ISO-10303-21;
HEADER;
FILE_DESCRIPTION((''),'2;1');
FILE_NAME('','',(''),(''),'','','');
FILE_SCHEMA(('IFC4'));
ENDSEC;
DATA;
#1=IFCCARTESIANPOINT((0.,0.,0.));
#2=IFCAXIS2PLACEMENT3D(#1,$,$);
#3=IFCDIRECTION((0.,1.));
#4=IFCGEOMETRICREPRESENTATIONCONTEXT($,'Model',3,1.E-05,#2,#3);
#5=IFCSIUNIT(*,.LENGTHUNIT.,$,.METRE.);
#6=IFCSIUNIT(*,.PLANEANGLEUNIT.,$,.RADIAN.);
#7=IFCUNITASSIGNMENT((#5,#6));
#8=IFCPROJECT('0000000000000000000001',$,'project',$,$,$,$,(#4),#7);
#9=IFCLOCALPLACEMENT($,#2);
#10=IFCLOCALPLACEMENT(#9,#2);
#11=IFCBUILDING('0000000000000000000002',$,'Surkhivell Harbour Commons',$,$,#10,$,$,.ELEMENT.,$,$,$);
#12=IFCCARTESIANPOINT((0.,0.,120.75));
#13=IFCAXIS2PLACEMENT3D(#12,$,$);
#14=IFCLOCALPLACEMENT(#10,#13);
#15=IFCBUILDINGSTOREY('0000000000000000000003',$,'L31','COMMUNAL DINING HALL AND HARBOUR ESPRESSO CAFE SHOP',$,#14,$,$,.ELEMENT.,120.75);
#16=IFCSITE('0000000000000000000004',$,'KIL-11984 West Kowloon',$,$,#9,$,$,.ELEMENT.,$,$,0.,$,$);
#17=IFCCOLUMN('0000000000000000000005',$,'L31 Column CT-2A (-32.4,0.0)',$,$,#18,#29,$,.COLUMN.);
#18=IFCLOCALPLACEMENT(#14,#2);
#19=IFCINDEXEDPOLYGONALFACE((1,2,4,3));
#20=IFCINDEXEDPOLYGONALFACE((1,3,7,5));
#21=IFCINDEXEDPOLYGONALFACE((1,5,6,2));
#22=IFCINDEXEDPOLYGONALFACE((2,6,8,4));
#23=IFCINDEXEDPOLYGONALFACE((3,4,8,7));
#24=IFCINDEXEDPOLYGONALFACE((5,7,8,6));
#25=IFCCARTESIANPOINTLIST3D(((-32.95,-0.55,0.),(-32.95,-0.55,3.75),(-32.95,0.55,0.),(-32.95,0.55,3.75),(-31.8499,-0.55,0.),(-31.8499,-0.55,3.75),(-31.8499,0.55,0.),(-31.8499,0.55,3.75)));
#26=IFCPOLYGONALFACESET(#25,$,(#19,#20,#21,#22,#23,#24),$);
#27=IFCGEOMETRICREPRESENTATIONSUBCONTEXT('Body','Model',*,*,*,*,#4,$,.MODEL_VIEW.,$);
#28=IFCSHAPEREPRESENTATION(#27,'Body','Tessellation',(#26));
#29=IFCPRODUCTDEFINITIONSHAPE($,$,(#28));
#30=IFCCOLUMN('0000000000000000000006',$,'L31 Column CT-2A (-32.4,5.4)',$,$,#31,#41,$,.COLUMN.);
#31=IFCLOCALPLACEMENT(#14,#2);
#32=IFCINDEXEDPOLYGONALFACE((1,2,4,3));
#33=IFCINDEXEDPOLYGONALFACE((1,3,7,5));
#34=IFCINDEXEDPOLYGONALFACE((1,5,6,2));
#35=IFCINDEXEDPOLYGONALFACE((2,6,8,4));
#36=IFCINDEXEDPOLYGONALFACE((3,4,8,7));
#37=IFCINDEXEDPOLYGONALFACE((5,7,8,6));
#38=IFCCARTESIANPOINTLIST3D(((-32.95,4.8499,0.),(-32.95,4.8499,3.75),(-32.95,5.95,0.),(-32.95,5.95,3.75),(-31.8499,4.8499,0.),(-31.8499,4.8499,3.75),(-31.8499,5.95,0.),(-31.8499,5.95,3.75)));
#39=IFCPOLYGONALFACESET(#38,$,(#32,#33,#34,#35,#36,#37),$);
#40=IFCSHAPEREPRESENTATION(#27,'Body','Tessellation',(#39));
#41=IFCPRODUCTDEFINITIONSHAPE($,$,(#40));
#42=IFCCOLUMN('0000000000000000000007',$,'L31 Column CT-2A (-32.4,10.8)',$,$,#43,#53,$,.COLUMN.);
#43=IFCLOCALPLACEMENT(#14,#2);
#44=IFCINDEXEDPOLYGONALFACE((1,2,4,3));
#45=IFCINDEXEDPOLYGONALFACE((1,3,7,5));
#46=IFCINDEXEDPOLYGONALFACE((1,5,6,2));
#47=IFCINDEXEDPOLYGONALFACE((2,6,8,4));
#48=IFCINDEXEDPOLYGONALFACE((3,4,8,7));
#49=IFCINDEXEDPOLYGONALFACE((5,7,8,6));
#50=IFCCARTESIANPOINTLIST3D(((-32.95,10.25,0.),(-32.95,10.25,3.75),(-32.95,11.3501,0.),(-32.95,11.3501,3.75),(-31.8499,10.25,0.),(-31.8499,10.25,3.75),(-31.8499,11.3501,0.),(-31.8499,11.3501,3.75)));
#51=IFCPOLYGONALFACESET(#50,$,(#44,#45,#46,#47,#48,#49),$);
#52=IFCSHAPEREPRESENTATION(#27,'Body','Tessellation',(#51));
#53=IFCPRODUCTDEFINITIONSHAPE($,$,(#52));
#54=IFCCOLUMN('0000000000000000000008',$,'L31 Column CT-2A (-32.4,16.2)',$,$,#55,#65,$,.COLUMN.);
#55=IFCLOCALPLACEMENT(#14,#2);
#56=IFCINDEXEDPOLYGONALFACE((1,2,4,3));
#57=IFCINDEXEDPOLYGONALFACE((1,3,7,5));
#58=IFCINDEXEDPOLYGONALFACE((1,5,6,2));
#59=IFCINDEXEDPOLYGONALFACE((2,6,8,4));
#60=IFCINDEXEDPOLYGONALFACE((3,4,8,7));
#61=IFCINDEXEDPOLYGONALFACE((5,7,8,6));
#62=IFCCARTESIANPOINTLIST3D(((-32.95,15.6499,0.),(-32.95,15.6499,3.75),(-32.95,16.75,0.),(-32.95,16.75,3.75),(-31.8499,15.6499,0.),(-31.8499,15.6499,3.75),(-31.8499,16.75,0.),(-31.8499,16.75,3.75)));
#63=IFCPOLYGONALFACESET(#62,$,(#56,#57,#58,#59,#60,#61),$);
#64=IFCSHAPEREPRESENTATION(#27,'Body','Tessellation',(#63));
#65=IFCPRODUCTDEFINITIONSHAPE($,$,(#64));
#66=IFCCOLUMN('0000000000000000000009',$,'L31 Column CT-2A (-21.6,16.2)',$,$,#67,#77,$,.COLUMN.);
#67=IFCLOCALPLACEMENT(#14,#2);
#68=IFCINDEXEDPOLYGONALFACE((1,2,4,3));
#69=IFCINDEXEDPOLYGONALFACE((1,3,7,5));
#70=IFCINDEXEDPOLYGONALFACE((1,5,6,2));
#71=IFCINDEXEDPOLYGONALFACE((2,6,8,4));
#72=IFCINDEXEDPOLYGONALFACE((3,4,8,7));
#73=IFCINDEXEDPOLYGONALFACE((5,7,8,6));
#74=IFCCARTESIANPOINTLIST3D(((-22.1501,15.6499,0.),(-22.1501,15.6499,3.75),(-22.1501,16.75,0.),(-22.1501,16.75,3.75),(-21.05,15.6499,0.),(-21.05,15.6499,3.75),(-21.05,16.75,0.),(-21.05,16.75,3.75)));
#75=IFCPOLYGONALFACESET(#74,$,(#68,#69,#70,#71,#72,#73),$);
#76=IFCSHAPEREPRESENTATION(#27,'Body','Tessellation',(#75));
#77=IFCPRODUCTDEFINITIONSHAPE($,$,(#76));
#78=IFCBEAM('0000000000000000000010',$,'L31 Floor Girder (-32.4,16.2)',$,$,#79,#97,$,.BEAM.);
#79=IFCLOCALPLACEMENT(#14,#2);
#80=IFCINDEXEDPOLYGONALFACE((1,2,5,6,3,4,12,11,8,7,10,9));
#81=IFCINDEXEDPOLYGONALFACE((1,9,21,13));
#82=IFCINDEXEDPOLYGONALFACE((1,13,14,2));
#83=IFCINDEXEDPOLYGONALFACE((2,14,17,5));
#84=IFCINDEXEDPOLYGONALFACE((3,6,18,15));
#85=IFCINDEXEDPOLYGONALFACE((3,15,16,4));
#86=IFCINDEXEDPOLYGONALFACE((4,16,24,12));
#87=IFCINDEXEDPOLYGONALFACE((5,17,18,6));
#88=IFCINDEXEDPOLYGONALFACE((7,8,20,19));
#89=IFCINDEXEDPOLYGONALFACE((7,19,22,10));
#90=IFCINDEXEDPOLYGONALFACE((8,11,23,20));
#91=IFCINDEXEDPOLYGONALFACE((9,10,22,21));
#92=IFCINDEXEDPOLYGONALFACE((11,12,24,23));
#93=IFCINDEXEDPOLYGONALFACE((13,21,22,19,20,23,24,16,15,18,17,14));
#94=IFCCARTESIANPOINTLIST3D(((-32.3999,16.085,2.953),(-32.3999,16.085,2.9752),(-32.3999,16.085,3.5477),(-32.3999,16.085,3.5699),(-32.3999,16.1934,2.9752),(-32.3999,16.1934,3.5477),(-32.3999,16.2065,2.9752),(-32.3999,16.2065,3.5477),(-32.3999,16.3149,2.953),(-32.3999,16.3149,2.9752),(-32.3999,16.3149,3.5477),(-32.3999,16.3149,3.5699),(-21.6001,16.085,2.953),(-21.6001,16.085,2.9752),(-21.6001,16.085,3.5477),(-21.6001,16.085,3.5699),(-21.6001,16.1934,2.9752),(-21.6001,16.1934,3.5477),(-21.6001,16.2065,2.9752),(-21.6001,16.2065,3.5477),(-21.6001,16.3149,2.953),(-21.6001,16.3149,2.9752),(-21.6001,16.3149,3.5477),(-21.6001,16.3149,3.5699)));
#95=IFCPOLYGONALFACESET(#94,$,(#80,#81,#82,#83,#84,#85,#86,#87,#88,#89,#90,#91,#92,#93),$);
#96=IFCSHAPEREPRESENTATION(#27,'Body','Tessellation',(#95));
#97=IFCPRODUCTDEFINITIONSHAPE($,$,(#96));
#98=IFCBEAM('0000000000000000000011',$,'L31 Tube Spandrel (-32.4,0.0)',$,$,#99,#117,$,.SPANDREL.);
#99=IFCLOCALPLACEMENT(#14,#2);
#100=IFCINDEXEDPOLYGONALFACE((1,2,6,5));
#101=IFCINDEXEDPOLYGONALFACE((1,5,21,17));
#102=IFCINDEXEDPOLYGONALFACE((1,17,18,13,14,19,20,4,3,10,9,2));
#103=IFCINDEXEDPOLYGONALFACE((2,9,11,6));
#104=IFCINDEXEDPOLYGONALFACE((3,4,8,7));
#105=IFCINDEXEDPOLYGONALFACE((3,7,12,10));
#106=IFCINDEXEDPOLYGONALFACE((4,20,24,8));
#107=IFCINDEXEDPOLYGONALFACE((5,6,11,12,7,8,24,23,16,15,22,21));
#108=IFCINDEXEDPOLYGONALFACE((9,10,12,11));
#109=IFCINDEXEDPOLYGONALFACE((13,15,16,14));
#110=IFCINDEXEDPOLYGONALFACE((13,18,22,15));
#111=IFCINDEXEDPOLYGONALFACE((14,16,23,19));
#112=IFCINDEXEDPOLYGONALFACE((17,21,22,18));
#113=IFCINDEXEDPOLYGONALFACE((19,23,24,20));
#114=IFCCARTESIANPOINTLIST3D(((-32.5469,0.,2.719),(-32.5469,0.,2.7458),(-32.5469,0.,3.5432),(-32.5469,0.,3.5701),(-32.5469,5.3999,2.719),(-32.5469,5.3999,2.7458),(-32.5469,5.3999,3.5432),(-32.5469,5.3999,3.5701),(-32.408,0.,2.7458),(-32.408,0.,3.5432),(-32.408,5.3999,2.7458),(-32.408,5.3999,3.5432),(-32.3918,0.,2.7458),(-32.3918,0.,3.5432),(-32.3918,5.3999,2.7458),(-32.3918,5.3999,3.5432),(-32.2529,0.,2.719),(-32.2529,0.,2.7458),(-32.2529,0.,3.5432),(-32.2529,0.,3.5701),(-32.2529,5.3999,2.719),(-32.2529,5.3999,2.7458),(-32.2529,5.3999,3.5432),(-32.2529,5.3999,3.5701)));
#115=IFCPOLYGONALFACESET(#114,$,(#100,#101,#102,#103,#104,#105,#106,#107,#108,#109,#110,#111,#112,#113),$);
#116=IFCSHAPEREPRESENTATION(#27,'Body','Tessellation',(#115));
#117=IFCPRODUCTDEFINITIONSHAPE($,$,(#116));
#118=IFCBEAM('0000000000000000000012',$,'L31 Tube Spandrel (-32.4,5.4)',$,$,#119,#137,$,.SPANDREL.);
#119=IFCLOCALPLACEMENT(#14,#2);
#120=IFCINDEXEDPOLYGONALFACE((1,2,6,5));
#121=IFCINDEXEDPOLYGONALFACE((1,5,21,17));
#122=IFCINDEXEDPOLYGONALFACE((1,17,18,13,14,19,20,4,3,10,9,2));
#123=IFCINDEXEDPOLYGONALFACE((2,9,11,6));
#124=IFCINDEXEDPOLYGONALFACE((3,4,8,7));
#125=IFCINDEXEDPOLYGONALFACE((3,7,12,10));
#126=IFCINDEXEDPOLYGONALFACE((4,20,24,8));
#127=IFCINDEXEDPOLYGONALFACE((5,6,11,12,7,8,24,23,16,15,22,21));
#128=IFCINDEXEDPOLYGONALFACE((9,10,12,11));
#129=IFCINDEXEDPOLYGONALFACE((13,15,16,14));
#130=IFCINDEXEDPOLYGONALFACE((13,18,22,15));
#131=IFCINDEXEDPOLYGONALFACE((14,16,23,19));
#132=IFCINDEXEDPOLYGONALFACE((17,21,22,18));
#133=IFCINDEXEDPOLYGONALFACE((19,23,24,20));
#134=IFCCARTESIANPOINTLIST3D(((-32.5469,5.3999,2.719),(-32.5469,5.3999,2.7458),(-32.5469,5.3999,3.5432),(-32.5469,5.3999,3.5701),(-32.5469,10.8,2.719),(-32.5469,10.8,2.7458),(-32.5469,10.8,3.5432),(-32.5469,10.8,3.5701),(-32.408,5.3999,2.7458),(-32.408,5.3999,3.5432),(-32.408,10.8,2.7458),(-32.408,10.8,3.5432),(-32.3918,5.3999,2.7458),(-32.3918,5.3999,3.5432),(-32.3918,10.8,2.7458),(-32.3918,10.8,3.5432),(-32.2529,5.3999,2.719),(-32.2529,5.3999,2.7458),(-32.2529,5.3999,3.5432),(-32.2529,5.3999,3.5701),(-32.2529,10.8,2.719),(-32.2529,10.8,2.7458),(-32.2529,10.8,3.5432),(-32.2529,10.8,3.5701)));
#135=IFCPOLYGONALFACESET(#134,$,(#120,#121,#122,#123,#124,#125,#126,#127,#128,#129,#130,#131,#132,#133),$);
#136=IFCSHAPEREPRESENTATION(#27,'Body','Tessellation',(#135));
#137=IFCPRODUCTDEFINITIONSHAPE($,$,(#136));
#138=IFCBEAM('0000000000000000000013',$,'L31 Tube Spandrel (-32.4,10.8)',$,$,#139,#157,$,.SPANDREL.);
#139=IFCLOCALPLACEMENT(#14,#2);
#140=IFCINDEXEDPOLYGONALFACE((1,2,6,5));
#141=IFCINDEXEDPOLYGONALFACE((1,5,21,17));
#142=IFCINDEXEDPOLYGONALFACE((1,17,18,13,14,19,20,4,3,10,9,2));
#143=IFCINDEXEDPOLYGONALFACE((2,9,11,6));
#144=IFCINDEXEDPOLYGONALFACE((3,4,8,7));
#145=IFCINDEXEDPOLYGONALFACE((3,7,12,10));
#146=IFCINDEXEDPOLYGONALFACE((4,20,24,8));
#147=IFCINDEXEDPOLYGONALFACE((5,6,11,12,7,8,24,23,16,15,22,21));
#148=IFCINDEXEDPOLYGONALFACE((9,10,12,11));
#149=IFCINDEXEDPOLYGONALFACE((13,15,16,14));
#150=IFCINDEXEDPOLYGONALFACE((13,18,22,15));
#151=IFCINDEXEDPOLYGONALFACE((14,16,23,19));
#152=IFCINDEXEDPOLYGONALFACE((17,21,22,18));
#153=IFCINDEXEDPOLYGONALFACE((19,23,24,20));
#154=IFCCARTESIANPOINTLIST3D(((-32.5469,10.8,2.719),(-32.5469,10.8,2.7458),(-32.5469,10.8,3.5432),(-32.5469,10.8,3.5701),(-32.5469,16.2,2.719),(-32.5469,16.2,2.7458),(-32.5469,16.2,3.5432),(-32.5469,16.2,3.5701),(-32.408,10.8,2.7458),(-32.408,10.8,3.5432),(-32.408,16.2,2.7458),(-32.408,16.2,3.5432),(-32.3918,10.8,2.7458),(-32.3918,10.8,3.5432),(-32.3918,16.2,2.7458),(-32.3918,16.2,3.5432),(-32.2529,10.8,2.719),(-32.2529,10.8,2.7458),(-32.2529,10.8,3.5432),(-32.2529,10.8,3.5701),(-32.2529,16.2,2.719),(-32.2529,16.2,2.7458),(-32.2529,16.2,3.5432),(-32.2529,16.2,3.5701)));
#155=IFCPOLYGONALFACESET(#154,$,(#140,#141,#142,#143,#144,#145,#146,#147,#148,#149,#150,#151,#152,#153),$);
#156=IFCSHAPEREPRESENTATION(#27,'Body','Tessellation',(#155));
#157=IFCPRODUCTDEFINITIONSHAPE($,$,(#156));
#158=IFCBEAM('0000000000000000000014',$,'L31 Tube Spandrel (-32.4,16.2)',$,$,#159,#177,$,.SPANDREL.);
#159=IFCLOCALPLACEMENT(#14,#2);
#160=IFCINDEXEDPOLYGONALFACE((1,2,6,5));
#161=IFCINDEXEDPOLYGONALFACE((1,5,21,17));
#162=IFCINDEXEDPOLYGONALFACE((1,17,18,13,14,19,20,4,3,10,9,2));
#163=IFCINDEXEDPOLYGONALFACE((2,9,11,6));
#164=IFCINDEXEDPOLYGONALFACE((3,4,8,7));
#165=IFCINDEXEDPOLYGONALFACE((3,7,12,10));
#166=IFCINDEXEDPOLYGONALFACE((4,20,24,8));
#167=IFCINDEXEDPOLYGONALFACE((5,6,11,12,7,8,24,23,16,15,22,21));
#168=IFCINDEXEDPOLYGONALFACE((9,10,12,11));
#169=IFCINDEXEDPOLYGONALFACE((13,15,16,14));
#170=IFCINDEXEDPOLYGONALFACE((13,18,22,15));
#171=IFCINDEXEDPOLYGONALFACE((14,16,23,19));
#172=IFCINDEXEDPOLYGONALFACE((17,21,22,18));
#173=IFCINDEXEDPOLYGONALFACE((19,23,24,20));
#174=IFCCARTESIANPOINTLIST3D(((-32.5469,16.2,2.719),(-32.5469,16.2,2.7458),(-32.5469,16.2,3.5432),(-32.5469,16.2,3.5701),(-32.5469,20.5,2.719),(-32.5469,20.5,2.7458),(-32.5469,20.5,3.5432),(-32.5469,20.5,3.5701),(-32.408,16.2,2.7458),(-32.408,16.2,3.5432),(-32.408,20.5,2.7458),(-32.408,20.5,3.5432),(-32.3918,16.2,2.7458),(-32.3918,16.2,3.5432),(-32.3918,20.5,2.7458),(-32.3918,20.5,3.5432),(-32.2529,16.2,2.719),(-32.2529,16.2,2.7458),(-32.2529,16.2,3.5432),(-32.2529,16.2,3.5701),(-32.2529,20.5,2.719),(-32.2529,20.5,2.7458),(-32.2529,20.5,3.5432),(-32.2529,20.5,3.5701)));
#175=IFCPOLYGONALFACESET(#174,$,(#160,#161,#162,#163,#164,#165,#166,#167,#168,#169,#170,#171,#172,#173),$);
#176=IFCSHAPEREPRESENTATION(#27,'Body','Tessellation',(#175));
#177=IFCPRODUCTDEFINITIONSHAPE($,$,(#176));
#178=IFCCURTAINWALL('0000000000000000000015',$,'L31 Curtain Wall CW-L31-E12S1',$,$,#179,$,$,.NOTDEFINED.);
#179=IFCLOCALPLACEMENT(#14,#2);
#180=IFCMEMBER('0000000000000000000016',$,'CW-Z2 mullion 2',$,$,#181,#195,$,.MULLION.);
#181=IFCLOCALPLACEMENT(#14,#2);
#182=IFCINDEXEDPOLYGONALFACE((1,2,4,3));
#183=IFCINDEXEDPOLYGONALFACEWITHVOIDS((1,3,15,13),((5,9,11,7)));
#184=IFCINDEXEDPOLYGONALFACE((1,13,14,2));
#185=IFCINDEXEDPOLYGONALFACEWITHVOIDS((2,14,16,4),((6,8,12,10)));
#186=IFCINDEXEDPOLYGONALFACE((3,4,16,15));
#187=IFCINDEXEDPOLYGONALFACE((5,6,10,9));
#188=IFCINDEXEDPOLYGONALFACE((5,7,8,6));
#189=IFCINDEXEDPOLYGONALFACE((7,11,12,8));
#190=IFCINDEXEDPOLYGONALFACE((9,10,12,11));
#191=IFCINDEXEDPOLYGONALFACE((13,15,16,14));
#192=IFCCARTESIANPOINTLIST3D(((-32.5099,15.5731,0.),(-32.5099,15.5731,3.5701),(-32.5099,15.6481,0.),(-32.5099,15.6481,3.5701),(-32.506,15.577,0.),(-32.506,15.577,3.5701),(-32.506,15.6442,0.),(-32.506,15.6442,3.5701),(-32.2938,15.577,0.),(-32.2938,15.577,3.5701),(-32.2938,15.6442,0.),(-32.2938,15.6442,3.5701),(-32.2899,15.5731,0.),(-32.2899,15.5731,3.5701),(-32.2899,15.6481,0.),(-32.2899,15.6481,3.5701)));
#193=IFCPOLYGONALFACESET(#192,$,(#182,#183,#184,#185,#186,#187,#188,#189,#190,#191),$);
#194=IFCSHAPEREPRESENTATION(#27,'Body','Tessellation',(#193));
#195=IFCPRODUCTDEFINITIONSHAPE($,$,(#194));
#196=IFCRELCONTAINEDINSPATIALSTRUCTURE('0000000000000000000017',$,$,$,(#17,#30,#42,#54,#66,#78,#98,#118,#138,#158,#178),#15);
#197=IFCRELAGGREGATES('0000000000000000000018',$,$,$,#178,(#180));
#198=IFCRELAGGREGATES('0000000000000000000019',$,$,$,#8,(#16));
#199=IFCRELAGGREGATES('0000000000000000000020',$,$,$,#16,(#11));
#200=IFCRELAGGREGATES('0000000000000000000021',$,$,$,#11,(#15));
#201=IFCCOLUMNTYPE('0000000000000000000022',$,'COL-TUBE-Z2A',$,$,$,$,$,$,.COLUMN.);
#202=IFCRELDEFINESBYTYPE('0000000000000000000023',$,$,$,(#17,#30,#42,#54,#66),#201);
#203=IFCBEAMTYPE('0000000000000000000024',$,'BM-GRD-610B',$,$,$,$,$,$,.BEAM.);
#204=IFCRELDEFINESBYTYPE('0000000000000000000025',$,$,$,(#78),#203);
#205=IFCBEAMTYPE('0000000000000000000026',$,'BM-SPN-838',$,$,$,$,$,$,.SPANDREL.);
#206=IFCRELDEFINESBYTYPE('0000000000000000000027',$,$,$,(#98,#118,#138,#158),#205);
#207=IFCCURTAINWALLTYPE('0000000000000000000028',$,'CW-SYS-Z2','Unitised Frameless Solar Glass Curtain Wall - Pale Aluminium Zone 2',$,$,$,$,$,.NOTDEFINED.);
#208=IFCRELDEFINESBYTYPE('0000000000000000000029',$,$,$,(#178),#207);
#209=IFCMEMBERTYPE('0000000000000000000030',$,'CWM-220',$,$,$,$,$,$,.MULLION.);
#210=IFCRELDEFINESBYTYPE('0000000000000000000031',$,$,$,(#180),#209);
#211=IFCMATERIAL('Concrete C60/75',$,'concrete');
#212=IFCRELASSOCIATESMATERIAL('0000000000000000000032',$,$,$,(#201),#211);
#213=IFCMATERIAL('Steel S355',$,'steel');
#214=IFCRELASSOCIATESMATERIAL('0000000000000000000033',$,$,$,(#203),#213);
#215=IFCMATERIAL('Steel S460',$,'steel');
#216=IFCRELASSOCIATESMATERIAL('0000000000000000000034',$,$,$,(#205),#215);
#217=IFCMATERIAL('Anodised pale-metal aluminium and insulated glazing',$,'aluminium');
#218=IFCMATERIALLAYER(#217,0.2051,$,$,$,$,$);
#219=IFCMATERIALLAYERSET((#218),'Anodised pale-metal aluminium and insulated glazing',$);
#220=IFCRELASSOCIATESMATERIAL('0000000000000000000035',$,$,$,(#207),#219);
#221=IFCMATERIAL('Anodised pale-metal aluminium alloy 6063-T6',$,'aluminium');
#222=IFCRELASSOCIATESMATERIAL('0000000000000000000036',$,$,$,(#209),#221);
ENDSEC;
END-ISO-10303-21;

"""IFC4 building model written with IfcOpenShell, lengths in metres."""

from ifc_helpers import new_model, si_unit, direction, frame, origin, origin_2d, place, context, subcontext, project, spatial, rectangle, hollow_rectangle, i_section, extrude, material, layer, layer_set, material_profile, profile_set, type_object, element, aggregate, save


model = new_model("IFC4")

# Units and contexts
model_context = context("Model", 3, precision=1e-05, world=origin(), true_north=direction((0.0, 1.0)))
body_context = subcontext(model_context, "Body", "Model", "MODEL_VIEW")
ifc_project = project(units=[si_unit("LENGTHUNIT", "METRE"), si_unit("PLANEANGLEUNIT", "RADIAN")], contexts=[model_context])

# Site, building, storey
site_placement = place(None, origin())
site = spatial("IfcSite", under=ifc_project, at=site_placement, Name="KIL-11984 West Kowloon", CompositionType="ELEMENT", RefElevation=0.0)
building_placement = place(site_placement, origin())
building = spatial("IfcBuilding", under=site, at=building_placement, Name="Surkhivell Harbour Commons", CompositionType="ELEMENT")
storey_placement = place(building_placement, frame((0.0, 0.0, 120.75)))
storey = spatial("IfcBuildingStorey", under=building, at=storey_placement, Name="L31", Description="COMMUNAL DINING HALL AND HARBOUR ESPRESSO CAFE SHOP", CompositionType="ELEMENT", Elevation=120.75)

# Columns
ifc_material_1 = material(Name="Concrete C60/75", Category="concrete")
ifc_material_profile_1 = material_profile(ifc_material_1, rectangle(XDim=1.1001, YDim=1.1001, at=origin_2d()), Name="RC-COL-1100x1100")
ifc_profile_set_1 = profile_set([ifc_material_profile_1], Name="Concrete C60/75")
column_type = type_object("IfcColumnType", Name="COL-TUBE-Z2A", PredefinedType="COLUMN", material=ifc_profile_set_1)
for number, where, z_axis, x_axis, name in (
    (1, (-32.3999, 0.0, 0.0), (0.0, 0.0, 1.0), (1.0, 0.0, 0.0), "L31 Column CT-2A (-32.4,0.0)"),
    (2, (-32.3999, 5.3999, 0.0), (0.0, 0.0, 1.0), (1.0, 0.0, 0.0), "L31 Column CT-2A (-32.4,5.4)"),
    (3, (-32.3999, 10.8, 0.0), (0.0, 0.0, 1.0), (1.0, 0.0, 0.0), "L31 Column CT-2A (-32.4,10.8)"),
    (4, (-32.3999, 16.2, 0.0), (0.0, 0.0, 1.0), (1.0, 0.0, 0.0), "L31 Column CT-2A (-32.4,16.2)"),
    (5, (-21.6001, 16.2, 0.0), (0.0, 0.0, 1.0), (1.0, 0.0, 0.0), "L31 Column CT-2A (-21.6,16.2)"),
):
    element("IfcColumn", number, at=place(storey_placement, frame(where, z_axis=z_axis, x_axis=x_axis)), inside=storey, type_object=column_type, Name=name, PredefinedType="COLUMN", context=body_context, shape_type="SweptSolid", body=[
        extrude(rectangle(XDim=1.1001, YDim=1.1001, at=origin_2d()), origin(), (0.0, 0.0, 1.0), 3.75),
    ])

# Beams
ifc_material_2 = material(Name="Steel S355", Category="steel")
ifc_material_profile_2 = material_profile(ifc_material_2, i_section(OverallWidth=0.23, OverallDepth=0.6169, WebThickness=0.0132, FlangeThickness=0.0222, at=origin_2d()), Name="UB610x229x140")
ifc_profile_set_2 = profile_set([ifc_material_profile_2], Name="Steel S355")
beam_type_1 = type_object("IfcBeamType", Name="BM-GRD-610B", PredefinedType="BEAM", material=ifc_profile_set_2)
beam_1_placement = place(storey_placement, frame((-32.3999, 16.2, 3.2615), z_axis=(1.0, 0.0, 0.0), x_axis=(0.0, 1.0, 0.0)))
element("IfcBeam", 6, at=beam_1_placement, inside=storey, type_object=beam_type_1, Name="L31 Floor Girder (-32.4,16.2)", PredefinedType="BEAM", context=body_context, shape_type="SweptSolid", body=[
    extrude(i_section(OverallWidth=0.23, OverallDepth=0.6169, WebThickness=0.0132, FlangeThickness=0.0222, at=origin_2d()), origin(), (0.0, 0.0, 1.0), 10.7998),
])
ifc_material_3 = material(Name="Steel S460", Category="steel")
ifc_material_profile_3 = material_profile(ifc_material_3, i_section(OverallWidth=0.2939, OverallDepth=0.8511, WebThickness=0.0161, FlangeThickness=0.0269, at=origin_2d()), Name="UB838x292x226")
ifc_profile_set_3 = profile_set([ifc_material_profile_3], Name="Steel S460")
beam_type_2 = type_object("IfcBeamType", Name="BM-SPN-838", PredefinedType="SPANDREL", material=ifc_profile_set_3)
beam_2_placement = place(storey_placement, frame((-32.3999, 0.0, 3.1445), z_axis=(0.0, 1.0, 0.0), x_axis=(-1.0, 0.0, 0.0)))
element("IfcBeam", 7, at=beam_2_placement, inside=storey, type_object=beam_type_2, Name="L31 Tube Spandrel (-32.4,0.0)", PredefinedType="SPANDREL", context=body_context, shape_type="SweptSolid", body=[
    extrude(i_section(OverallWidth=0.2939, OverallDepth=0.8511, WebThickness=0.0161, FlangeThickness=0.0269, at=origin_2d()), origin(), (0.0, 0.0, 1.0), 5.3999),
])
beam_3_placement = place(storey_placement, frame((-32.3999, 5.3999, 3.1445), z_axis=(0.0, 1.0, 0.0), x_axis=(-1.0, 0.0, 0.0)))
element("IfcBeam", 8, at=beam_3_placement, inside=storey, type_object=beam_type_2, Name="L31 Tube Spandrel (-32.4,5.4)", PredefinedType="SPANDREL", context=body_context, shape_type="SweptSolid", body=[
    extrude(i_section(OverallWidth=0.2939, OverallDepth=0.8511, WebThickness=0.0161, FlangeThickness=0.0269, at=origin_2d()), origin(), (0.0, 0.0, 1.0), 5.4001),
])
beam_4_placement = place(storey_placement, frame((-32.3999, 10.8, 3.1445), z_axis=(0.0, 1.0, 0.0), x_axis=(-1.0, 0.0, 0.0)))
element("IfcBeam", 9, at=beam_4_placement, inside=storey, type_object=beam_type_2, Name="L31 Tube Spandrel (-32.4,10.8)", PredefinedType="SPANDREL", context=body_context, shape_type="SweptSolid", body=[
    extrude(i_section(OverallWidth=0.2939, OverallDepth=0.8511, WebThickness=0.0161, FlangeThickness=0.0269, at=origin_2d()), origin(), (0.0, 0.0, 1.0), 5.3999),
])
beam_5_placement = place(storey_placement, frame((-32.3999, 16.2, 3.1445), z_axis=(0.0, 1.0, 0.0), x_axis=(-1.0, 0.0, 0.0)))
element("IfcBeam", 10, at=beam_5_placement, inside=storey, type_object=beam_type_2, Name="L31 Tube Spandrel (-32.4,16.2)", PredefinedType="SPANDREL", context=body_context, shape_type="SweptSolid", body=[
    extrude(i_section(OverallWidth=0.2939, OverallDepth=0.8511, WebThickness=0.0161, FlangeThickness=0.0269, at=origin_2d()), origin(), (0.0, 0.0, 1.0), 4.3),
])

# Curtain wall, member
ifc_material_4 = material(Name="Anodised pale-metal aluminium and insulated glazing", Category="aluminium")
ifc_layer_1 = layer(ifc_material_4, 0.2051)
ifc_layer_set_1 = layer_set([ifc_layer_1], Name="Anodised pale-metal aluminium and insulated glazing")
curtain_wall_type = type_object("IfcCurtainWallType", Name="CW-SYS-Z2", Description="Unitised Frameless Solar Glass Curtain Wall - Pale Aluminium Zone 2", PredefinedType="NOTDEFINED", material=ifc_layer_set_1)
curtain_wall_placement = place(storey_placement, origin())
curtain_wall = element("IfcCurtainWall", 11, at=curtain_wall_placement, inside=storey, type_object=curtain_wall_type, Name="L31 Curtain Wall CW-L31-E12S1", PredefinedType="NOTDEFINED")
ifc_material_5 = material(Name="Anodised pale-metal aluminium alloy 6063-T6", Category="aluminium")
ifc_material_profile_4 = material_profile(ifc_material_5, hollow_rectangle(XDim=0.075, YDim=0.22, WallThickness=0.0039, at=origin_2d()), Name="ALU-MULL-75x220")
ifc_profile_set_4 = profile_set([ifc_material_profile_4], Name="Anodised pale-metal aluminium alloy 6063-T6")
member_type_1 = type_object("IfcMemberType", Name="CWM-220", PredefinedType="MULLION", material=ifc_profile_set_4)
member_1_placement = place(storey_placement, frame((-32.3999, 15.6106, 0.0), z_axis=(0.0, 0.0, 1.0), x_axis=(0.0, -1.0, 0.0)))
member_1 = element("IfcMember", 12, at=member_1_placement, type_object=member_type_1, Name="CW-Z2 mullion 2", PredefinedType="MULLION", context=body_context, shape_type="SweptSolid", body=[
    extrude(hollow_rectangle(XDim=0.075, YDim=0.22, WallThickness=0.0039, at=origin_2d()), origin(), (0.0, 0.0, 1.0), 3.5701),
])
aggregate(curtain_wall, [member_1])

save(model, "model.ifc")
